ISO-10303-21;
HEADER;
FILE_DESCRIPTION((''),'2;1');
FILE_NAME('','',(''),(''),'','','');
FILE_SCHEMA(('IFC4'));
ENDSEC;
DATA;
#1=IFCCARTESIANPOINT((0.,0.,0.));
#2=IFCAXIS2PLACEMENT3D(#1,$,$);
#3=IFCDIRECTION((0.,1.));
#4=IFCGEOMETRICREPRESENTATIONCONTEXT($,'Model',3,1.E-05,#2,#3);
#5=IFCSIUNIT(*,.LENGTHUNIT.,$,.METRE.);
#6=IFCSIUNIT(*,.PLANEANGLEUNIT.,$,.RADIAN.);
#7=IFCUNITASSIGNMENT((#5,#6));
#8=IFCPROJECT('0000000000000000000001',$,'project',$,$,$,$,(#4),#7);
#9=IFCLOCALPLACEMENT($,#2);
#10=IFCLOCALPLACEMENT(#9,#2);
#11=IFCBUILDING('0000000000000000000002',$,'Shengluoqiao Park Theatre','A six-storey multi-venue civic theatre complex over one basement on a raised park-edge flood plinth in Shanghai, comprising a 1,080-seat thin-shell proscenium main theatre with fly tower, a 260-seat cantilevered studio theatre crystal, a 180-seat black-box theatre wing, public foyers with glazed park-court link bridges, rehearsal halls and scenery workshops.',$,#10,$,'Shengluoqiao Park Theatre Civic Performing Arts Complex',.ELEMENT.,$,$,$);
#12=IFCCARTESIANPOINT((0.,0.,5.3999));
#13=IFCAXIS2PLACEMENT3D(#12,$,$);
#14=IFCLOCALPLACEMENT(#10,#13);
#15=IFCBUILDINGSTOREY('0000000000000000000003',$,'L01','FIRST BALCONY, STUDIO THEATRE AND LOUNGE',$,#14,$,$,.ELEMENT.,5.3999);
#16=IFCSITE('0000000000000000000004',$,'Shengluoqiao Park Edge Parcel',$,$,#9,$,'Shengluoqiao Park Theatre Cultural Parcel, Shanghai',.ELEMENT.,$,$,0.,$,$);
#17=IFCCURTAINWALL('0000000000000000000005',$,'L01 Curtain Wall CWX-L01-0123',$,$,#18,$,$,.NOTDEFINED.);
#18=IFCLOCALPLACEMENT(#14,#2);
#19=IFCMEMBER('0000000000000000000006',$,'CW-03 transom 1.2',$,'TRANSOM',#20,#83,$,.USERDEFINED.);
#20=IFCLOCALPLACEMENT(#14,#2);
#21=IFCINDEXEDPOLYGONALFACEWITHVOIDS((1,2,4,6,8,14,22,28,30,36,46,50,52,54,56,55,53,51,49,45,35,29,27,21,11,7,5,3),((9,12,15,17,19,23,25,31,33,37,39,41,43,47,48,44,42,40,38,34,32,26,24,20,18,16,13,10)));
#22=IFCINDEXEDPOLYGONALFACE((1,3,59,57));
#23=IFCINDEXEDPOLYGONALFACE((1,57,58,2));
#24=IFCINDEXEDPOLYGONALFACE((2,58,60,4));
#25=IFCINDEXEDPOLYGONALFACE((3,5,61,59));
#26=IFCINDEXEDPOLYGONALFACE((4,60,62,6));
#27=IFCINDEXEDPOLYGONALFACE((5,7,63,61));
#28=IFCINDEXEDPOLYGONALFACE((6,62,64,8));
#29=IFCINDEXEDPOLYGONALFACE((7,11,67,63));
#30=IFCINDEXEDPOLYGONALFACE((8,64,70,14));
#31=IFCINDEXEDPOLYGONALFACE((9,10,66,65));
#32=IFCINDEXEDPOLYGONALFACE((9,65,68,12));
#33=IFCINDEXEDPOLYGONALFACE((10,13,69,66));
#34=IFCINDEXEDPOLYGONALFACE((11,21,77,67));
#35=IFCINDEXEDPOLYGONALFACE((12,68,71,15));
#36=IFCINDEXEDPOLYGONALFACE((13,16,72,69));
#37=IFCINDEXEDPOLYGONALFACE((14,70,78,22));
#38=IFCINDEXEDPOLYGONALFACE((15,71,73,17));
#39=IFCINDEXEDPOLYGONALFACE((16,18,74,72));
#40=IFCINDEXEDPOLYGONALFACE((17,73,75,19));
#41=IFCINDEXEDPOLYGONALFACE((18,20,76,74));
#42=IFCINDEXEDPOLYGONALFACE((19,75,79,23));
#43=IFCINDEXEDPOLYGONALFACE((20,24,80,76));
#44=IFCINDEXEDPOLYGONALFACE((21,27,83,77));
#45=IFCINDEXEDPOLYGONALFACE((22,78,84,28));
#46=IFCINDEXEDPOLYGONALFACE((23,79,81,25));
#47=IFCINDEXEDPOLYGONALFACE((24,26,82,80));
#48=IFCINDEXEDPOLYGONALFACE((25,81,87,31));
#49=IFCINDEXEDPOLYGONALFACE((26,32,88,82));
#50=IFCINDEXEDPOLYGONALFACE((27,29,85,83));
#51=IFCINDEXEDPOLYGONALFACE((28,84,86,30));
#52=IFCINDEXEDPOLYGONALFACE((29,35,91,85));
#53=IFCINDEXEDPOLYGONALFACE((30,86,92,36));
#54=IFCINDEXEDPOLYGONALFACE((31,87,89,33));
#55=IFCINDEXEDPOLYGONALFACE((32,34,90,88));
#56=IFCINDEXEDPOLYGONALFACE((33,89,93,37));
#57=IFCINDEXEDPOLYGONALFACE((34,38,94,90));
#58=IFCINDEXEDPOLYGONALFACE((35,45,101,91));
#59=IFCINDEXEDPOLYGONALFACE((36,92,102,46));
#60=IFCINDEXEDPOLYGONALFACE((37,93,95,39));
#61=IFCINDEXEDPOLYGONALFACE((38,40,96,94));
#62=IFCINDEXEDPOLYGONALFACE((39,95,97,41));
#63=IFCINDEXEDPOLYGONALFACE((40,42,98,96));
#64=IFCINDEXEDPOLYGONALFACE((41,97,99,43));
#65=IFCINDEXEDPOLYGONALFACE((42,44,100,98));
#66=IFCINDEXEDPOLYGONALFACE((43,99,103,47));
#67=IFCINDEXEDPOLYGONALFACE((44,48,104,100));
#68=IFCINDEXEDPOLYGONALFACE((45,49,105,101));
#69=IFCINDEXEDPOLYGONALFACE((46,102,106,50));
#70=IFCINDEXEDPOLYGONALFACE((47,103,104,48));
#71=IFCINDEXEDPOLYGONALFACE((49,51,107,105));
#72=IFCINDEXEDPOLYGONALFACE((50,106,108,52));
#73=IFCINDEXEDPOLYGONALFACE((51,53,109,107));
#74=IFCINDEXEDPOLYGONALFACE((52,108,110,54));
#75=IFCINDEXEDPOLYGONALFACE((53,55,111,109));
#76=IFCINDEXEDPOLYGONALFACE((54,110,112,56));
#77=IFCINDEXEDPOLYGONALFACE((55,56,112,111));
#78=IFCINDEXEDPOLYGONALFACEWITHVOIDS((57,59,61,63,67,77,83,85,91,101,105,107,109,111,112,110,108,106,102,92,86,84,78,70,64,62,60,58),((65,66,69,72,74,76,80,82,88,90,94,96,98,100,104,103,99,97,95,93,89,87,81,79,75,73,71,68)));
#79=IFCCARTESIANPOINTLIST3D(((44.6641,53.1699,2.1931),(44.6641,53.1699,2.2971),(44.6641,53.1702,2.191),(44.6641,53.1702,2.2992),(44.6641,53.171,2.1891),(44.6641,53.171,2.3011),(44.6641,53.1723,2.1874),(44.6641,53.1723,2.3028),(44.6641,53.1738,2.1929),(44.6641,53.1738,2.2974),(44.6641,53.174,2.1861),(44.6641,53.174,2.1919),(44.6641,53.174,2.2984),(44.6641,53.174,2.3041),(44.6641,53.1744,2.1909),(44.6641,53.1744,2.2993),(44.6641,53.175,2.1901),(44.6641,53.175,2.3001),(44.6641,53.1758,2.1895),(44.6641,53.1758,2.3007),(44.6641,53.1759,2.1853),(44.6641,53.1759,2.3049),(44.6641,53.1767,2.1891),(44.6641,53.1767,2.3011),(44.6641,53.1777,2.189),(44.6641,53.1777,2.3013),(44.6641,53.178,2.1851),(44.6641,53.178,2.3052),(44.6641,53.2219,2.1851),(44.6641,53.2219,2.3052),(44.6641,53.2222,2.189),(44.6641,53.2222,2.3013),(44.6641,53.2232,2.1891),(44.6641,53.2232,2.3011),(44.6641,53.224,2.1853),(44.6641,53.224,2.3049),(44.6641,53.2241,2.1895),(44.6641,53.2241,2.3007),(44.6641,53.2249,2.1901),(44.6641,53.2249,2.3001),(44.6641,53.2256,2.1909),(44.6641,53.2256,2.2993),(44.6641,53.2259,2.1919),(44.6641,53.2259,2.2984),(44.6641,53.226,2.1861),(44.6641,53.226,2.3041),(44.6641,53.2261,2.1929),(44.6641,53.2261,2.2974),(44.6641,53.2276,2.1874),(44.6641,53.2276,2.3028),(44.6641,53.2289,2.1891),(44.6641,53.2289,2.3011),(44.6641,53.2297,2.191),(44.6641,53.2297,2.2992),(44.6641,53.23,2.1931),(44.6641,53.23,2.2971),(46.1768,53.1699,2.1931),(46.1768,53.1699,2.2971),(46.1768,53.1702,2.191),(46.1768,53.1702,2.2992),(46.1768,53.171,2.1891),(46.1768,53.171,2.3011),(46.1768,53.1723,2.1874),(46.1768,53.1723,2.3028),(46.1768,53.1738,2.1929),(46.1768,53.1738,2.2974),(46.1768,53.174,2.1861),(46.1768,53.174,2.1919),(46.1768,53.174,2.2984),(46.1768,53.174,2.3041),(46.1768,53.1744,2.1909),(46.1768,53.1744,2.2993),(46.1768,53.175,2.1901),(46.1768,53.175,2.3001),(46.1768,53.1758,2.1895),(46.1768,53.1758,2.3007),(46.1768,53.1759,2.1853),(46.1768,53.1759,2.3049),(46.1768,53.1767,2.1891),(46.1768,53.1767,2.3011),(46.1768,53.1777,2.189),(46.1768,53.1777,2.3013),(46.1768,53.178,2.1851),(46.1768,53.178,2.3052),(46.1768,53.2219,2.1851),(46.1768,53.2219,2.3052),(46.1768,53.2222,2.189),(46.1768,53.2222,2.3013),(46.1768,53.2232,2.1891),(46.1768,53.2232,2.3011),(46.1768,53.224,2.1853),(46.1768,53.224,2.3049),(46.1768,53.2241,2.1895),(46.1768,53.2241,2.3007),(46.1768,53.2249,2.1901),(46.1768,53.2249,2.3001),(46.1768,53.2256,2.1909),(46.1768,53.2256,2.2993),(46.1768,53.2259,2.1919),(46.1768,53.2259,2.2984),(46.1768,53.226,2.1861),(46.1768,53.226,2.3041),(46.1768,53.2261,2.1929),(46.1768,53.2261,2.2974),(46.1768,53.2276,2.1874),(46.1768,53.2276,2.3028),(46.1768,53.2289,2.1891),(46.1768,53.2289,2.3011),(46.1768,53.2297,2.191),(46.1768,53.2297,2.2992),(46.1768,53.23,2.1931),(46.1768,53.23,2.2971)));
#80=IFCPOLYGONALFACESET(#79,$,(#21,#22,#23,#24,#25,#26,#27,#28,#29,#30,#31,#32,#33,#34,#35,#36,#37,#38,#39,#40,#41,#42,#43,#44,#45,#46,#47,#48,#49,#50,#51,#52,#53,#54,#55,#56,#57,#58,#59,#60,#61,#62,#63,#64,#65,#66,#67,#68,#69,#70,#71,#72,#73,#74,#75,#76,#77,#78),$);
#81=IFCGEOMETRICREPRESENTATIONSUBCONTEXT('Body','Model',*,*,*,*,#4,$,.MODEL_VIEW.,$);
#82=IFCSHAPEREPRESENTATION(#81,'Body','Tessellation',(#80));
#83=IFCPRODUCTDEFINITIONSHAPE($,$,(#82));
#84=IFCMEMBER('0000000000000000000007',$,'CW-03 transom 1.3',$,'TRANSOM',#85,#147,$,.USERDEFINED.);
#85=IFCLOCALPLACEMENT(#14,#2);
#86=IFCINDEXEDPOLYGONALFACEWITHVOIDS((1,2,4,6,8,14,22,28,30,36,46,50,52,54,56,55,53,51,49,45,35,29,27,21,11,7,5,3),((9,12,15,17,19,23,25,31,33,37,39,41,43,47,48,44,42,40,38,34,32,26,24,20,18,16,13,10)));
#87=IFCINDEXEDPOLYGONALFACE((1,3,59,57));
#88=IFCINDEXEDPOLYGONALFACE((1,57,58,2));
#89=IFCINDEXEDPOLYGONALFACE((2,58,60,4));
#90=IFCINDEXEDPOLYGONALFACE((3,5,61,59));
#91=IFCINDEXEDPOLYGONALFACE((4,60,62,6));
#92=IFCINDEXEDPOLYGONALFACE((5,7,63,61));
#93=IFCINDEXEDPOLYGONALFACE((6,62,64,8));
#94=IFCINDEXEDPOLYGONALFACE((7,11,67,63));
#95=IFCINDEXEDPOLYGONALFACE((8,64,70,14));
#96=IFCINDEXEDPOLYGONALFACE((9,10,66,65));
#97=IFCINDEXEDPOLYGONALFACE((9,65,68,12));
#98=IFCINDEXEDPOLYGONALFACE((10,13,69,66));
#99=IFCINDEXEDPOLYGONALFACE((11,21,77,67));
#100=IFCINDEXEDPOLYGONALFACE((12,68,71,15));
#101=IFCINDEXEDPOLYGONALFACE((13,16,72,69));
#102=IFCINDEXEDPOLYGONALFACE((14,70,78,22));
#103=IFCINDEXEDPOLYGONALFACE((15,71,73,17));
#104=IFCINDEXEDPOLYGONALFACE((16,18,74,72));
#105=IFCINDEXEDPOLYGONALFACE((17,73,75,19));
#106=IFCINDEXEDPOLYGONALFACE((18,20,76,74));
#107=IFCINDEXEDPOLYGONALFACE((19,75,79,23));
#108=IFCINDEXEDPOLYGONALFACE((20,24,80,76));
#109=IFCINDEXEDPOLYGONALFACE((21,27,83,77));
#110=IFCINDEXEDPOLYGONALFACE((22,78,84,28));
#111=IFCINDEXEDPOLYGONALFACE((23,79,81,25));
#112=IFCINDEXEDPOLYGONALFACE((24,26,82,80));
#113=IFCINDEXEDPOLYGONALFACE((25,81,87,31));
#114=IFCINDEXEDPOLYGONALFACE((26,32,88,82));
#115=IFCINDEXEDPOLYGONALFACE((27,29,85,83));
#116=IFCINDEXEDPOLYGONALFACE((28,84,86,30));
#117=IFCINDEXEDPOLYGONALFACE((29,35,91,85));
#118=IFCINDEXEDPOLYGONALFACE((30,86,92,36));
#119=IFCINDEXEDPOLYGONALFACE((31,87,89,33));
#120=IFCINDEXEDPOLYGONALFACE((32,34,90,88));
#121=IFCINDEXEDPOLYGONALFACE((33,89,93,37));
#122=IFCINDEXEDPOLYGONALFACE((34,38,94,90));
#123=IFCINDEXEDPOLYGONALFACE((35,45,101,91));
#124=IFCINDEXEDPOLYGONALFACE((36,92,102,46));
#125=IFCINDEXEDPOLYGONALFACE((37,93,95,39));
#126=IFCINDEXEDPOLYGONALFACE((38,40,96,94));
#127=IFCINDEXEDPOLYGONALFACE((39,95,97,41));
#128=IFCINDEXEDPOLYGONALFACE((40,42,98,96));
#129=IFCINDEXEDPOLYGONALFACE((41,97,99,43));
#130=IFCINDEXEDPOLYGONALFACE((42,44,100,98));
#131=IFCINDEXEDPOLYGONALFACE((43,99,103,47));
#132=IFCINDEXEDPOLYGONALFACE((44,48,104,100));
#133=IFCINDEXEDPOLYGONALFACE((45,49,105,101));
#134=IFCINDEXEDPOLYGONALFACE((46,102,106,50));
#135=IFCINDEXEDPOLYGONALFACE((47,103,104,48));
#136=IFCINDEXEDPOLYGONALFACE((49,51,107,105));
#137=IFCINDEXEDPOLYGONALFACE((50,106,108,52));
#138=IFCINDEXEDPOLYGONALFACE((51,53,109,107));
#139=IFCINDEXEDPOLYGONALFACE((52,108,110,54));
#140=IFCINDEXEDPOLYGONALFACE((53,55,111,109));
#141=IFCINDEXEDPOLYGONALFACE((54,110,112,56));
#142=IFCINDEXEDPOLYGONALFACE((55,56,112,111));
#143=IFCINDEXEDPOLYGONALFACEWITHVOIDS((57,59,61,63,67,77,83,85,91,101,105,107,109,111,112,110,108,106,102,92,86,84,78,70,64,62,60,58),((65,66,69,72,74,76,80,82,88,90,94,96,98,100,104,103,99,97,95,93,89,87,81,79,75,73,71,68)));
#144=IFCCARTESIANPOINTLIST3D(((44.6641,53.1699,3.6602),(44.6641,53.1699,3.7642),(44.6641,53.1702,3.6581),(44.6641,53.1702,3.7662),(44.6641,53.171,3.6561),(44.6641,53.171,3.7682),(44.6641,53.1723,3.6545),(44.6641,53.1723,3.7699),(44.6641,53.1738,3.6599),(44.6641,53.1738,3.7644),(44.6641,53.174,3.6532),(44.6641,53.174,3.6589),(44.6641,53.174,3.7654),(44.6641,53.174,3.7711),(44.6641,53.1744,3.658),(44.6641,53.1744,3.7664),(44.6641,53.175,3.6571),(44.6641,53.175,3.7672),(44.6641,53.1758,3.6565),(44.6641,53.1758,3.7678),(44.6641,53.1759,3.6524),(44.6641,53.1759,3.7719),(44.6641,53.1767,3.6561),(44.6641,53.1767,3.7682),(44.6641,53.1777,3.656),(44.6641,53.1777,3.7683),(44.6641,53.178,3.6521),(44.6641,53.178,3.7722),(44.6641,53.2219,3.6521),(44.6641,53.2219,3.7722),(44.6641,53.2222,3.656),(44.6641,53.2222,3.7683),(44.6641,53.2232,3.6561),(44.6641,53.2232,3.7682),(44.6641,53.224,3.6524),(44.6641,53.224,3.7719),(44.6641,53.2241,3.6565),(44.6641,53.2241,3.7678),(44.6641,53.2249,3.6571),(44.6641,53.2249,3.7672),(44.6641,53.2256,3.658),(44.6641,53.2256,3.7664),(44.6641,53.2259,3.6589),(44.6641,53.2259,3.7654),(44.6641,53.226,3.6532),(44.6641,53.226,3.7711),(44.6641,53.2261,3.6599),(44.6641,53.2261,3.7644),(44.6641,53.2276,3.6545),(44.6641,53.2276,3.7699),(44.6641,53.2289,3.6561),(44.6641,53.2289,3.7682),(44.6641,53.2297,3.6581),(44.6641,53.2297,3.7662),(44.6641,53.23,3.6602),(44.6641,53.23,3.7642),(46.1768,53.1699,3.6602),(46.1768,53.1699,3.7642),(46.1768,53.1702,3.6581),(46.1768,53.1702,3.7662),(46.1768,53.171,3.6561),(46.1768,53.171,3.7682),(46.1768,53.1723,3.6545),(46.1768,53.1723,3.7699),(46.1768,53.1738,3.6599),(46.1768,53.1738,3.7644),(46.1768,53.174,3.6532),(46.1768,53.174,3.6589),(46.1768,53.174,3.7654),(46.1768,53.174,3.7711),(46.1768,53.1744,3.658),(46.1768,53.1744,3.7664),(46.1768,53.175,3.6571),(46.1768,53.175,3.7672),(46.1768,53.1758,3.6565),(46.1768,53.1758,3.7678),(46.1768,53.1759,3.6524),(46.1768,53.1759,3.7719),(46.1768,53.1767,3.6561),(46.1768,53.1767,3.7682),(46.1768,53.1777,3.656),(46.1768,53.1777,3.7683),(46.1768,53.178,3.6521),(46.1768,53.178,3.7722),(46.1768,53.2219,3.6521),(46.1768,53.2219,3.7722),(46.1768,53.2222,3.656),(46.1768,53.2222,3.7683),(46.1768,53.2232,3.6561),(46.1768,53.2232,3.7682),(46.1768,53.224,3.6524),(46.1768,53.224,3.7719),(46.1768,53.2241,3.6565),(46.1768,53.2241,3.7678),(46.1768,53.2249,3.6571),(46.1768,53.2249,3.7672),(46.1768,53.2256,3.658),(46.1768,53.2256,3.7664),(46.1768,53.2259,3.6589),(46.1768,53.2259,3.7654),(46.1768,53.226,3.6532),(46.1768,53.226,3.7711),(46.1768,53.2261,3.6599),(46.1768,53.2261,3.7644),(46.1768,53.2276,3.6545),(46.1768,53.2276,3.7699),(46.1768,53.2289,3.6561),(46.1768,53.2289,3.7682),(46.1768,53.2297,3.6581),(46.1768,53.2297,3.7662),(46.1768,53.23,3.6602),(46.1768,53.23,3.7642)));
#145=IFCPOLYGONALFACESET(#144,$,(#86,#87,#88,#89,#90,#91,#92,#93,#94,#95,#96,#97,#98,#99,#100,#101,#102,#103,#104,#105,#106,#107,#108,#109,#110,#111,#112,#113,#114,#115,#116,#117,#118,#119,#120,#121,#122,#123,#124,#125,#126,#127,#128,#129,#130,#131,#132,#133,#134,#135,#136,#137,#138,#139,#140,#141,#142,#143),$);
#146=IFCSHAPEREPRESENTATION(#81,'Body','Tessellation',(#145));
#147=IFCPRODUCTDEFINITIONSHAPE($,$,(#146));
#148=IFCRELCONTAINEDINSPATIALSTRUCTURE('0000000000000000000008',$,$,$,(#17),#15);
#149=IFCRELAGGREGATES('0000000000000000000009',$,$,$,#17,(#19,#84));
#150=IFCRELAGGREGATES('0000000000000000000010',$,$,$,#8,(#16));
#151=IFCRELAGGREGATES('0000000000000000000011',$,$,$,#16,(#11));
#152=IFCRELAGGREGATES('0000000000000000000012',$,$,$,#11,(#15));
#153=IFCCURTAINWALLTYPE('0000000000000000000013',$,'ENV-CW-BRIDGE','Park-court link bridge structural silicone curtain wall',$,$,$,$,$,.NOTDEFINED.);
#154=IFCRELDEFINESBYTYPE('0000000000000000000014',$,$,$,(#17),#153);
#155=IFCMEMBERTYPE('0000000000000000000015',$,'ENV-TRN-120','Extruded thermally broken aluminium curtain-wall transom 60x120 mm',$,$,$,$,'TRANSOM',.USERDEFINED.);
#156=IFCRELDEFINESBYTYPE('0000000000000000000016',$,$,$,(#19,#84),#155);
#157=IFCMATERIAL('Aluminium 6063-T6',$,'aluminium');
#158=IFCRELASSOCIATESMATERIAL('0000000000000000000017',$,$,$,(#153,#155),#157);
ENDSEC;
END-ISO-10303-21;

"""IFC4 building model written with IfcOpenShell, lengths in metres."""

from ifc_helpers import new_model, si_unit, direction, frame, origin, origin_2d, place, context, subcontext, project, spatial, hollow_rectangle, extrude, material, material_profile, profile_set, type_object, element, aggregate, save


model = new_model("IFC4")

# Units and contexts
model_context = context("Model", 3, precision=1e-05, world=origin(), true_north=direction((0.0, 1.0)))
body_context = subcontext(model_context, "Body", "Model", "MODEL_VIEW")
ifc_project = project(units=[si_unit("LENGTHUNIT", "METRE"), si_unit("PLANEANGLEUNIT", "RADIAN")], contexts=[model_context])

# Site, building, storey
site_placement = place(None, origin())
site = spatial("IfcSite", under=ifc_project, at=site_placement, Name="Shengluoqiao Park Edge Parcel", LongName="Shengluoqiao Park Theatre Cultural Parcel, Shanghai", CompositionType="ELEMENT", RefElevation=0.0)
building_placement = place(site_placement, origin())
building = spatial("IfcBuilding", under=site, at=building_placement, Name="Shengluoqiao Park Theatre", Description="A six-storey multi-venue civic theatre complex over one basement on a raised park-edge flood plinth in Shanghai, comprising a 1,080-seat thin-shell proscenium main theatre with fly tower, a 260-seat cantilevered studio theatre crystal, a 180-seat black-box theatre wing, public foyers with glazed park-court link bridges, rehearsal halls and scenery workshops.", LongName="Shengluoqiao Park Theatre Civic Performing Arts Complex", CompositionType="ELEMENT")
storey_placement = place(building_placement, frame((0.0, 0.0, 5.3999)))
storey = spatial("IfcBuildingStorey", under=building, at=storey_placement, Name="L01", Description="FIRST BALCONY, STUDIO THEATRE AND LOUNGE", CompositionType="ELEMENT", Elevation=5.3999)

# Curtain wall, members
ifc_material_1 = material(Name="Aluminium 6063-T6", Category="aluminium")
curtain_wall_type = type_object("IfcCurtainWallType", Name="ENV-CW-BRIDGE", Description="Park-court link bridge structural silicone curtain wall", PredefinedType="NOTDEFINED", material=ifc_material_1)
curtain_wall_placement = place(storey_placement, origin())
curtain_wall = element("IfcCurtainWall", 1, at=curtain_wall_placement, inside=storey, type_object=curtain_wall_type, Name="L01 Curtain Wall CWX-L01-0123", PredefinedType="NOTDEFINED")
ifc_material_profile_1 = material_profile(ifc_material_1, hollow_rectangle(XDim=0.0601, YDim=0.1201, WallThickness=0.0039, InnerFilletRadius=0.0039, OuterFilletRadius=0.0081, at=origin_2d()), Name="ALU TRANSOM 120x60x4")
ifc_profile_set_1 = profile_set([ifc_material_profile_1], Name="Aluminium 6063-T6")
member_type_1 = type_object("IfcMemberType", Name="ENV-TRN-120", Description="Extruded thermally broken aluminium curtain-wall transom 60x120 mm", ElementType="TRANSOM", PredefinedType="USERDEFINED", material=ifc_profile_set_1)
member_1_placement = place(storey_placement, frame((44.6641, 53.2, 2.2451), z_axis=(1.0, 0.0, 0.0), x_axis=(0.0, 1.0, 0.0)))
member_1 = element("IfcMember", 2, at=member_1_placement, type_object=member_type_1, Name="CW-03 transom 1.2", ObjectType="TRANSOM", PredefinedType="USERDEFINED", context=body_context, shape_type="SweptSolid", body=[
    extrude(hollow_rectangle(XDim=0.0601, YDim=0.1201, WallThickness=0.0039, InnerFilletRadius=0.0039, OuterFilletRadius=0.0081, at=origin_2d()), origin(), (0.0, 0.0, 1.0), 1.5127),
])
member_2_placement = place(storey_placement, frame((44.6641, 53.2, 3.7122), z_axis=(1.0, 0.0, 0.0), x_axis=(0.0, 1.0, 0.0)))
member_2 = element("IfcMember", 3, at=member_2_placement, type_object=member_type_1, Name="CW-03 transom 1.3", ObjectType="TRANSOM", PredefinedType="USERDEFINED", context=body_context, shape_type="SweptSolid", body=[
    extrude(hollow_rectangle(XDim=0.0601, YDim=0.1201, WallThickness=0.0039, InnerFilletRadius=0.0039, OuterFilletRadius=0.0081, at=origin_2d()), origin(), (0.0, 0.0, 1.0), 1.5127),
])

aggregate(curtain_wall, [member_1, member_2])

save(model, "model.ifc")
